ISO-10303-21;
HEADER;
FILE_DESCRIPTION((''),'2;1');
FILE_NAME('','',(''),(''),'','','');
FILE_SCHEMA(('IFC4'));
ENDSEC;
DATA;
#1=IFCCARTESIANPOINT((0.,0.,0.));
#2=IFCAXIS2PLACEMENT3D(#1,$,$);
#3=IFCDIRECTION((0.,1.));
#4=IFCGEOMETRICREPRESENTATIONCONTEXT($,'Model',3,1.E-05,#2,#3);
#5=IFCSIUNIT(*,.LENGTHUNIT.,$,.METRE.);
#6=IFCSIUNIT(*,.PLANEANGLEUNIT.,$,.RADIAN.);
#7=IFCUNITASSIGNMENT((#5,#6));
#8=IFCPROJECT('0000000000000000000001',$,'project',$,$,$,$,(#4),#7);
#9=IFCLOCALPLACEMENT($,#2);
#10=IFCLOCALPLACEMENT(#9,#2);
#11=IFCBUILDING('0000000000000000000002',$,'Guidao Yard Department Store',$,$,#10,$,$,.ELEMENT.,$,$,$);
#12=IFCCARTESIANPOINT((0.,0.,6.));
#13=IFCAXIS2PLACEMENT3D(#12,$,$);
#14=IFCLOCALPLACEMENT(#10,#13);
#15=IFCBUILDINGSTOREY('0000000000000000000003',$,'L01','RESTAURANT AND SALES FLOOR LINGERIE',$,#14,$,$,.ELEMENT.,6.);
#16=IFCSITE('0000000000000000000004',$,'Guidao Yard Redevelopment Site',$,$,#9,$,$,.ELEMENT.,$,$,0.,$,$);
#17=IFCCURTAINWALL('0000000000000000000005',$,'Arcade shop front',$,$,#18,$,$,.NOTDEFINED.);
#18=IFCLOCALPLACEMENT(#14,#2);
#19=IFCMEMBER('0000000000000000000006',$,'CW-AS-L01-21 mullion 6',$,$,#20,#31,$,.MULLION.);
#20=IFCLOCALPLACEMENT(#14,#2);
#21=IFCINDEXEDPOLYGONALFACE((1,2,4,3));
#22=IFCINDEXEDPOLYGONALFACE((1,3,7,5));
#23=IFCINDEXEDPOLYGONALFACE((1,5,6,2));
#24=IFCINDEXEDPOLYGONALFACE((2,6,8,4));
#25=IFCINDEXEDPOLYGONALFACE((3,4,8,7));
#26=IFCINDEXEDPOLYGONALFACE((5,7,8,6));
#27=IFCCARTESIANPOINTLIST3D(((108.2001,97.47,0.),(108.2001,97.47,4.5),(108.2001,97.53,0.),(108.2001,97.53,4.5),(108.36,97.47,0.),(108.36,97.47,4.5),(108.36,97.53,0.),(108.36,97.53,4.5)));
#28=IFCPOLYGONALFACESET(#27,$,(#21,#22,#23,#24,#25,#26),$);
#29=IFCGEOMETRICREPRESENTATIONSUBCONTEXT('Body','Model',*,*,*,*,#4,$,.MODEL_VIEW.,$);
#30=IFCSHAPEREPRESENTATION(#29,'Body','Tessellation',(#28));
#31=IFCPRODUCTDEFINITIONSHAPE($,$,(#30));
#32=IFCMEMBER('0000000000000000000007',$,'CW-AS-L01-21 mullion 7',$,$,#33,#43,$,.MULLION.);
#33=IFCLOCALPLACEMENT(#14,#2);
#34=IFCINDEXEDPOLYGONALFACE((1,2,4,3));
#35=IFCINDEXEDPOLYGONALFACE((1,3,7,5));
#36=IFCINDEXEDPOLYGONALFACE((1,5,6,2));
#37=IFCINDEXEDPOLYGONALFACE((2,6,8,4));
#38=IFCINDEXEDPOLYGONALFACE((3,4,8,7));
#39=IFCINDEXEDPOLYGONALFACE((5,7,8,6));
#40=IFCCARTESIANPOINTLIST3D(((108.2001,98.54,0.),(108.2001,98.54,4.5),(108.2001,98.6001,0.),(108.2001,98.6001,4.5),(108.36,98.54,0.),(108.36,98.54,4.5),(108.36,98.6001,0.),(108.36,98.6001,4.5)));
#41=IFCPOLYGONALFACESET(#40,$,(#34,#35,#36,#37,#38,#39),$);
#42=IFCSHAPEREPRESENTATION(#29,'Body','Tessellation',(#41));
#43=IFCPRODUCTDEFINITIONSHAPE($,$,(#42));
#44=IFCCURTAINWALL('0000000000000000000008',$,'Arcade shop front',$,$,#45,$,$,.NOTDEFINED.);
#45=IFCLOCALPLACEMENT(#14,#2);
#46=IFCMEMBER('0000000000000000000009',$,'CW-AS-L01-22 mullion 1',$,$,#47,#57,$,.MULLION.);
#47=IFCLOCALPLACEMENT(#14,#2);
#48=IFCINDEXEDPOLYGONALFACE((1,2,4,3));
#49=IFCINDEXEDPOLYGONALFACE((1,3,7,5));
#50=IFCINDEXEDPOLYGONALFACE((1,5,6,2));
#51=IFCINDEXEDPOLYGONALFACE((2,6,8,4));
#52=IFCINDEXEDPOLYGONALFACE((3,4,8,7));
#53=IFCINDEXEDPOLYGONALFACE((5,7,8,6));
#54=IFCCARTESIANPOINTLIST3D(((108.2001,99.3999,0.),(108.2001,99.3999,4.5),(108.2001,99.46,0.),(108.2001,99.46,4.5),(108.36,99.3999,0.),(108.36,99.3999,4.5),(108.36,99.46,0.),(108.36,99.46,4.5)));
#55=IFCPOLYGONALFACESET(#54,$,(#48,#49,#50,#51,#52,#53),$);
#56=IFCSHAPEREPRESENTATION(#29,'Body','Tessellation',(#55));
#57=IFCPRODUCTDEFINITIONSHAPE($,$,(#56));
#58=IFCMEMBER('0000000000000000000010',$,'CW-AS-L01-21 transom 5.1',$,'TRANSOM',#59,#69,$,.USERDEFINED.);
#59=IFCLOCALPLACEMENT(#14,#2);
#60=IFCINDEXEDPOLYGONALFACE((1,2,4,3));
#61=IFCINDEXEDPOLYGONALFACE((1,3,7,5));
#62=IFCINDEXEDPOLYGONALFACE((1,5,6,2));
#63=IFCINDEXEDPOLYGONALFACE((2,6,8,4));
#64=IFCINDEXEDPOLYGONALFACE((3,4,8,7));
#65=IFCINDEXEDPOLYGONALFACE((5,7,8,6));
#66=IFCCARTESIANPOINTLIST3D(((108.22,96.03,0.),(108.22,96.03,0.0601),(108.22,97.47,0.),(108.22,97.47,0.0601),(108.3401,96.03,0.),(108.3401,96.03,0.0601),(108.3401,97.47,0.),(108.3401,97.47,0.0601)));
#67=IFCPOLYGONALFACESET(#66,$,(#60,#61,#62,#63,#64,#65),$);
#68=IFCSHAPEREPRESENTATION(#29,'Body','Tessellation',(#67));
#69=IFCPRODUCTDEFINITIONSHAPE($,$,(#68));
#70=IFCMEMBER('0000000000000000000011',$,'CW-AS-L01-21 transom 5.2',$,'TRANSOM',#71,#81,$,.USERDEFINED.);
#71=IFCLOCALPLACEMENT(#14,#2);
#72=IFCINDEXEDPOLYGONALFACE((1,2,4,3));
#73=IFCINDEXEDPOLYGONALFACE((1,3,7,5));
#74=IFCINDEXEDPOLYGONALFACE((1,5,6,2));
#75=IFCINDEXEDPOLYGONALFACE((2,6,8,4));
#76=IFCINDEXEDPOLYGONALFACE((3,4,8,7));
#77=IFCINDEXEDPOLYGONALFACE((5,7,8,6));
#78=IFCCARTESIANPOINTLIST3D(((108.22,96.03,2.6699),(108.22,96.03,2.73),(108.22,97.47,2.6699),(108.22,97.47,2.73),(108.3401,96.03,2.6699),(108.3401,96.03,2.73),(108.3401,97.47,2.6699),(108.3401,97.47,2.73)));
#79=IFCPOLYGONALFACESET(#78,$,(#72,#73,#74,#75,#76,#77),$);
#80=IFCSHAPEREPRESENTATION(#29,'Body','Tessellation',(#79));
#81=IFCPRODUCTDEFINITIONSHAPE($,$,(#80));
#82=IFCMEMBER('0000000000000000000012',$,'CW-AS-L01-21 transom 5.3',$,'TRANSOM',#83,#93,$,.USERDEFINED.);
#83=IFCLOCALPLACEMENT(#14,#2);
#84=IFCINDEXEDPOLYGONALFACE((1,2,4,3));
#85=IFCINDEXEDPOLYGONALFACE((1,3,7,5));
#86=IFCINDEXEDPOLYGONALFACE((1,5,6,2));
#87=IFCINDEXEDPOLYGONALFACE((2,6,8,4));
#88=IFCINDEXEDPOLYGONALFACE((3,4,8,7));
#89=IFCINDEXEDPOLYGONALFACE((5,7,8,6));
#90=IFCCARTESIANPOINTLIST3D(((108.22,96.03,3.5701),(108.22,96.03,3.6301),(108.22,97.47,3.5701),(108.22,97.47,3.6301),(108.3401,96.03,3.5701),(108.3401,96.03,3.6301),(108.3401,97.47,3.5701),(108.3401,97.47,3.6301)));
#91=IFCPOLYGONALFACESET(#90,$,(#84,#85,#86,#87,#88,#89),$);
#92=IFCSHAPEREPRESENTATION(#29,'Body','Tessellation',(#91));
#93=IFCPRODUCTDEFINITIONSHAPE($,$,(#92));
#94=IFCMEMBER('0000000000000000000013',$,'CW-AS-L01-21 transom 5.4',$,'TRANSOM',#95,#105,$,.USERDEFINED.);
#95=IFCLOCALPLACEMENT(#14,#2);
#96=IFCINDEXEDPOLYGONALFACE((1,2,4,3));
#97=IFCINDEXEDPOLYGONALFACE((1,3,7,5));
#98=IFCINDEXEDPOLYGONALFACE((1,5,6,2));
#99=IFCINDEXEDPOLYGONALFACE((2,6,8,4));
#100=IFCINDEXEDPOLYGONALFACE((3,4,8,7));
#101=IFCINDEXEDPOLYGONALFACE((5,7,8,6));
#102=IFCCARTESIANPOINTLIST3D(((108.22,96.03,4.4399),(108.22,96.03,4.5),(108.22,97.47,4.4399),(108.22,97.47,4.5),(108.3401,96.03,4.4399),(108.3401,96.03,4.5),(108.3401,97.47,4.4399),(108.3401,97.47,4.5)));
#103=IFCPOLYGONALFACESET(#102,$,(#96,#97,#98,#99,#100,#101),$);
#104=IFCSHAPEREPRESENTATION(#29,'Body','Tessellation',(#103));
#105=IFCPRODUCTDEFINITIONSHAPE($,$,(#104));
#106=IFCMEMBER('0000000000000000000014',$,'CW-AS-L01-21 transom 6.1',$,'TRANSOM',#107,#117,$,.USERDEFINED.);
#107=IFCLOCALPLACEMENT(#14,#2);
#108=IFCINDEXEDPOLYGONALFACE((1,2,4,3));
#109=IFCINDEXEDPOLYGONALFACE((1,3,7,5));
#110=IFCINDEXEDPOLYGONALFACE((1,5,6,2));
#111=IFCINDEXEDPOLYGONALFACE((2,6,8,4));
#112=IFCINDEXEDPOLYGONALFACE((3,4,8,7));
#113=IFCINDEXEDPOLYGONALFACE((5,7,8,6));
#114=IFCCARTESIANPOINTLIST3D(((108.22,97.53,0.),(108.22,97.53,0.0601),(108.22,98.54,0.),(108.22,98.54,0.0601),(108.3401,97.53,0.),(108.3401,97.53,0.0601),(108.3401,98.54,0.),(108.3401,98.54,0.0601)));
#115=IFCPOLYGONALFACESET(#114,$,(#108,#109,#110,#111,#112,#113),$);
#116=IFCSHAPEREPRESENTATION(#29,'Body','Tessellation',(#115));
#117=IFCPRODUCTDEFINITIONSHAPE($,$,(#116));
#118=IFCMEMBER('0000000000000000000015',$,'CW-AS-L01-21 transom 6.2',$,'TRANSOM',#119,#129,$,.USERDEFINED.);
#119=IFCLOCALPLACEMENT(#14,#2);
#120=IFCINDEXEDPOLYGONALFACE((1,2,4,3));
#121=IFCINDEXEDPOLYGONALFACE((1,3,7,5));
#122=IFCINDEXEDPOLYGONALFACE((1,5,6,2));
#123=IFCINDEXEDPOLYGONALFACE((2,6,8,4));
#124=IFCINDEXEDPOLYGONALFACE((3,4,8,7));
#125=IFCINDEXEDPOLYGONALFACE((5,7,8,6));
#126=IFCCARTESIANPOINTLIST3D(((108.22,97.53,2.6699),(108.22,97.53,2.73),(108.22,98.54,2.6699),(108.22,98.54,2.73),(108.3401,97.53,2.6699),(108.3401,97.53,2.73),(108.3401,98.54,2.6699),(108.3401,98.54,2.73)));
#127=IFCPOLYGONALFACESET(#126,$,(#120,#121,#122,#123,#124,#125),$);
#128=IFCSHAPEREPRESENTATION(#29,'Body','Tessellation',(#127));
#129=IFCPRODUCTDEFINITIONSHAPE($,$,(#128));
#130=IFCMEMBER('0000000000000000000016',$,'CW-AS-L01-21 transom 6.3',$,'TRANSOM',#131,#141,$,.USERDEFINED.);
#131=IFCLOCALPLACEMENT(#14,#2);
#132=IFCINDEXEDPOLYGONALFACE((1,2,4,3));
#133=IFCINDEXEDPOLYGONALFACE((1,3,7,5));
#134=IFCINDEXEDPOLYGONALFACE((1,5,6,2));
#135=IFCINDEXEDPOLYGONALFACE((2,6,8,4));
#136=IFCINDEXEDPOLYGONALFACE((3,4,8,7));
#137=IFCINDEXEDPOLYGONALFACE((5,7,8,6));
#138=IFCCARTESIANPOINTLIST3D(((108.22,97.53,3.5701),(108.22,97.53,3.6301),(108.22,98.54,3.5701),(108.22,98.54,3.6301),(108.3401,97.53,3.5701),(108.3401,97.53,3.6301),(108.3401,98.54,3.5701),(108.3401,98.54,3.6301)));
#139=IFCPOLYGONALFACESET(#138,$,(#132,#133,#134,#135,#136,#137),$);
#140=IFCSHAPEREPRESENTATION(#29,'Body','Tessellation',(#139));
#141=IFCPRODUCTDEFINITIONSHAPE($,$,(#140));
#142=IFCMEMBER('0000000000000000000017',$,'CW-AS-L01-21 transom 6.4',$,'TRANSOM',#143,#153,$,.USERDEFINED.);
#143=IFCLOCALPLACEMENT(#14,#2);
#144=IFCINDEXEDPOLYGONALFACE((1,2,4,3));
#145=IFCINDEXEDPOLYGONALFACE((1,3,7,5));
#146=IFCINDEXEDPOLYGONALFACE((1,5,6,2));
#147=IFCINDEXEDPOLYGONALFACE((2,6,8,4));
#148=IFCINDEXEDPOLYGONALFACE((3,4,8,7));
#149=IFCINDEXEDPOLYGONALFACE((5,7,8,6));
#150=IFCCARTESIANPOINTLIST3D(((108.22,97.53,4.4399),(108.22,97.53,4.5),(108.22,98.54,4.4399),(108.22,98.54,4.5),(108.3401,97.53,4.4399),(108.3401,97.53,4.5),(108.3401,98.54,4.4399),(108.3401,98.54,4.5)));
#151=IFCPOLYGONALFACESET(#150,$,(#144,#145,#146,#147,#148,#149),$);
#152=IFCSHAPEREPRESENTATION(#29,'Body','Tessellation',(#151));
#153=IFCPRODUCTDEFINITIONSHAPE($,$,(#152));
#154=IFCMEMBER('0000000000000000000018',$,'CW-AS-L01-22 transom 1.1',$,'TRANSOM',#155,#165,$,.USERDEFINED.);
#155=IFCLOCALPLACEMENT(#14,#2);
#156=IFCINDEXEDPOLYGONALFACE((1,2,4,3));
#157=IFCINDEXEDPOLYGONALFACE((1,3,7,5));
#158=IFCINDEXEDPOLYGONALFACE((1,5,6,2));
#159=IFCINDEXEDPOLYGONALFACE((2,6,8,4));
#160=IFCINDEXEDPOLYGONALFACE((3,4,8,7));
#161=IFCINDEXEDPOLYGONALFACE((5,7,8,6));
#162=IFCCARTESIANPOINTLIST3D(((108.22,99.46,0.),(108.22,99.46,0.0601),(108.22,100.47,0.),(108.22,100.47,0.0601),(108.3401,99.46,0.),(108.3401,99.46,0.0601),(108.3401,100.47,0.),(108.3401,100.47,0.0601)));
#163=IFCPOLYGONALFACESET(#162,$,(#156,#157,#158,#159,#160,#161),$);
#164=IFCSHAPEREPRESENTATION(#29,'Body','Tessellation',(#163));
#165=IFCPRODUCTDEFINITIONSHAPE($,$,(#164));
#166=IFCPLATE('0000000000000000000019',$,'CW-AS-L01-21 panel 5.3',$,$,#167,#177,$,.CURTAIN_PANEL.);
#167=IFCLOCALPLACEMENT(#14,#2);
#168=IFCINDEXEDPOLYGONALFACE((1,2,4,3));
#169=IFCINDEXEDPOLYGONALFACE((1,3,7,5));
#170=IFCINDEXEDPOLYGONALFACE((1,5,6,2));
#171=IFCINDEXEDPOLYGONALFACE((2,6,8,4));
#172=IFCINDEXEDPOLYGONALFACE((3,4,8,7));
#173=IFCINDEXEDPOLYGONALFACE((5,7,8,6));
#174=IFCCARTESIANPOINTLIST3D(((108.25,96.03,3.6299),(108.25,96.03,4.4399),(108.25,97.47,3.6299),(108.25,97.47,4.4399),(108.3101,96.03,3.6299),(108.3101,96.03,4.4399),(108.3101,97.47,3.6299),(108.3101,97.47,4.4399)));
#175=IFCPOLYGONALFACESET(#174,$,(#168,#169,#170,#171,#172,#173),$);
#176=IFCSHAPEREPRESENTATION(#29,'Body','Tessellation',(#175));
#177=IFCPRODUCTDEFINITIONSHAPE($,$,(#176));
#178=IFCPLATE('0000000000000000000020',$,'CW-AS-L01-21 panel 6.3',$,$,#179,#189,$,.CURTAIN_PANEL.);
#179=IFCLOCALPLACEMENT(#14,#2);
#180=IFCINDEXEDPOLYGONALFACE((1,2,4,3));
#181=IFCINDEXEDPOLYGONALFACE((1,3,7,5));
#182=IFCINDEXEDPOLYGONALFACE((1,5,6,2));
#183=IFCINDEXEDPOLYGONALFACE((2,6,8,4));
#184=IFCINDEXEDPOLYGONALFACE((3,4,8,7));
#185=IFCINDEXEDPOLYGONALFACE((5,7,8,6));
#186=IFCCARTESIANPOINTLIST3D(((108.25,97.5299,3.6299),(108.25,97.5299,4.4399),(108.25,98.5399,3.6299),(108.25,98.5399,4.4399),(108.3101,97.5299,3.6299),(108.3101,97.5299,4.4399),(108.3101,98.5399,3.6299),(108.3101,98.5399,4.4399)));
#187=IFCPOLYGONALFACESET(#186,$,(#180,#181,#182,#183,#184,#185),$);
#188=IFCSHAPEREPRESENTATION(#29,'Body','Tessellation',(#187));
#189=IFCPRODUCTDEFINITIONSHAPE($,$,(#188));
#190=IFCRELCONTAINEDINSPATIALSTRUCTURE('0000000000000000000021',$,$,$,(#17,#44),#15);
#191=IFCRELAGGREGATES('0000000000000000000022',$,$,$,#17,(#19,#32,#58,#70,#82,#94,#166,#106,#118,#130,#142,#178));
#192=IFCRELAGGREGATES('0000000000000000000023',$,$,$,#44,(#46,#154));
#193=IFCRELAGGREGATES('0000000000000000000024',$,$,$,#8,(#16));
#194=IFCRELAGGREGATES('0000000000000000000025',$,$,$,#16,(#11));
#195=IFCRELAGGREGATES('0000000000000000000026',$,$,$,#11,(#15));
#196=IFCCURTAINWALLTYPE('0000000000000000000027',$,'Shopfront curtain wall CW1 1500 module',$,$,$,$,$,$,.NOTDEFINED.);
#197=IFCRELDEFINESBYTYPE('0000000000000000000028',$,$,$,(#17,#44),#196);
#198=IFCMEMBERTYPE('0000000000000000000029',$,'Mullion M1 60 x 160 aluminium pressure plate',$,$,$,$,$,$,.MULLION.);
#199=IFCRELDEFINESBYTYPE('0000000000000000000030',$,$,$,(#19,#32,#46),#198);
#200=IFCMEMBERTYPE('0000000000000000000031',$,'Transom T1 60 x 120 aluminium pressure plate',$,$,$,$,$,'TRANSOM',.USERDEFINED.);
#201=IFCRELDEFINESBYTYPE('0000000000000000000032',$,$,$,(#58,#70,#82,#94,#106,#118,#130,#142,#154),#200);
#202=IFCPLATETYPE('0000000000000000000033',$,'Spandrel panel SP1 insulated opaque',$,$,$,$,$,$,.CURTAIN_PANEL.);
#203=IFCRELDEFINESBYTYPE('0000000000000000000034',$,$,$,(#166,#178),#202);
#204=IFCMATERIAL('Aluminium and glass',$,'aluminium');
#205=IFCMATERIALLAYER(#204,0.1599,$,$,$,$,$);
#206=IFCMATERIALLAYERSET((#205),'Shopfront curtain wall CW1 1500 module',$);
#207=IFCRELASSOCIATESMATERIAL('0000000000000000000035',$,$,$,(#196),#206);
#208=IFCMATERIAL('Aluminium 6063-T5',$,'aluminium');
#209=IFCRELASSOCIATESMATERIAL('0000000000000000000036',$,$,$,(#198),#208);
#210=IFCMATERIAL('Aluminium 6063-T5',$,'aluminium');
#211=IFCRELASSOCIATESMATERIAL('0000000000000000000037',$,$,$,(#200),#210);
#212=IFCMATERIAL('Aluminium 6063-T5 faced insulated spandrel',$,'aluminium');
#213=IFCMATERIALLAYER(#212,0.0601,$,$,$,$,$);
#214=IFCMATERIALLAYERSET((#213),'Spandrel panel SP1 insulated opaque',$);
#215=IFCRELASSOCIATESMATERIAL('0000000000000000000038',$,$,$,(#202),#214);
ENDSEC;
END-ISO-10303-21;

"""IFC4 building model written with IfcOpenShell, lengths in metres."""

from ifc_helpers import new_model, si_unit, direction, frame, origin, origin_2d, place, context, subcontext, project, spatial, rectangle, extrude, material, layer, layer_set, material_profile, profile_set, type_object, element, aggregate, save


model = new_model("IFC4")

# Units and contexts
model_context = context("Model", 3, precision=1e-05, world=origin(), true_north=direction((0.0, 1.0)))
body_context = subcontext(model_context, "Body", "Model", "MODEL_VIEW")
ifc_project = project(units=[si_unit("LENGTHUNIT", "METRE"), si_unit("PLANEANGLEUNIT", "RADIAN")], contexts=[model_context])

# Site, building, storey
site_placement = place(None, origin())
site = spatial("IfcSite", under=ifc_project, at=site_placement, Name="Guidao Yard Redevelopment Site", CompositionType="ELEMENT", RefElevation=0.0)
building_placement = place(site_placement, origin())
building = spatial("IfcBuilding", under=site, at=building_placement, Name="Guidao Yard Department Store", CompositionType="ELEMENT")
storey_placement = place(building_placement, frame((0.0, 0.0, 6.0)))
storey = spatial("IfcBuildingStorey", under=building, at=storey_placement, Name="L01", Description="RESTAURANT AND SALES FLOOR LINGERIE", CompositionType="ELEMENT", Elevation=6.0)

# Curtain wall, members
ifc_material_1 = material(Name="Aluminium and glass", Category="aluminium")
ifc_layer_1 = layer(ifc_material_1, 0.1599)
ifc_layer_set_1 = layer_set([ifc_layer_1], Name="Shopfront curtain wall CW1 1500 module")
curtain_wall_type = type_object("IfcCurtainWallType", Name="Shopfront curtain wall CW1 1500 module", PredefinedType="NOTDEFINED", material=ifc_layer_set_1)
curtain_wall_1_placement = place(storey_placement, origin())
curtain_wall_1 = element("IfcCurtainWall", 1, at=curtain_wall_1_placement, inside=storey, type_object=curtain_wall_type, Name="Arcade shop front", PredefinedType="NOTDEFINED")
ifc_material_2 = material(Name="Aluminium 6063-T5", Category="aluminium")
ifc_material_profile_1 = material_profile(ifc_material_2, rectangle(XDim=0.0601, YDim=0.1599, at=origin_2d()), Name="Mullion M1 60 x 160 aluminium pressure plate")
ifc_profile_set_1 = profile_set([ifc_material_profile_1], Name="Aluminium 6063-T5")
member_type_1 = type_object("IfcMemberType", Name="Mullion M1 60 x 160 aluminium pressure plate", PredefinedType="MULLION", material=ifc_profile_set_1)
member_1_placement = place(storey_placement, frame((108.28, 97.5, 0.0), z_axis=(0.0, 0.0, 1.0), x_axis=(0.0, -1.0, 0.0)))
member_1 = element("IfcMember", 2, at=member_1_placement, type_object=member_type_1, Name="CW-AS-L01-21 mullion 6", PredefinedType="MULLION", context=body_context, shape_type="SweptSolid", body=[
    extrude(rectangle(XDim=0.0601, YDim=0.1599, at=origin_2d()), origin(), (0.0, 0.0, 1.0), 4.5),
])
member_2_placement = place(storey_placement, frame((108.28, 98.5701, 0.0), z_axis=(0.0, 0.0, 1.0), x_axis=(0.0, -1.0, 0.0)))
member_2 = element("IfcMember", 3, at=member_2_placement, type_object=member_type_1, Name="CW-AS-L01-21 mullion 7", PredefinedType="MULLION", context=body_context, shape_type="SweptSolid", body=[
    extrude(rectangle(XDim=0.0601, YDim=0.1599, at=origin_2d()), origin(), (0.0, 0.0, 1.0), 4.5),
])

# Curtain wall, member
curtain_wall_2_placement = place(storey_placement, origin())
curtain_wall_2 = element("IfcCurtainWall", 4, at=curtain_wall_2_placement, inside=storey, type_object=curtain_wall_type, Name="Arcade shop front", PredefinedType="NOTDEFINED")
member_3_placement = place(storey_placement, frame((108.28, 99.4299, 0.0), z_axis=(0.0, 0.0, 1.0), x_axis=(0.0, -1.0, 0.0)))
member_3 = element("IfcMember", 5, at=member_3_placement, type_object=member_type_1, Name="CW-AS-L01-22 mullion 1", PredefinedType="MULLION", context=body_context, shape_type="SweptSolid", body=[
    extrude(rectangle(XDim=0.0601, YDim=0.1599, at=origin_2d()), origin(), (0.0, 0.0, 1.0), 4.5),
])

# Members
ifc_material_3 = material(Name="Aluminium 6063-T5", Category="aluminium")
ifc_material_profile_2 = material_profile(ifc_material_3, rectangle(XDim=0.1201, YDim=0.0601, at=origin_2d()), Name="Transom T1 60 x 120 aluminium pressure plate")
ifc_profile_set_2 = profile_set([ifc_material_profile_2], Name="Aluminium 6063-T5")
member_type_2 = type_object("IfcMemberType", Name="Transom T1 60 x 120 aluminium pressure plate", ElementType="TRANSOM", PredefinedType="USERDEFINED", material=ifc_profile_set_2)
member_4_placement = place(storey_placement, frame((108.28, 97.47, 0.03), z_axis=(0.0, -1.0, 0.0), x_axis=(1.0, 0.0, 0.0)))
member_4 = element("IfcMember", 6, at=member_4_placement, type_object=member_type_2, Name="CW-AS-L01-21 transom 5.1", ObjectType="TRANSOM", PredefinedType="USERDEFINED", context=body_context, shape_type="SweptSolid", body=[
    extrude(rectangle(XDim=0.1201, YDim=0.0601, at=origin_2d()), origin(), (0.0, 0.0, 1.0), 1.4399),
])
member_5_placement = place(storey_placement, frame((108.28, 97.47, 2.7), z_axis=(0.0, -1.0, 0.0), x_axis=(1.0, 0.0, 0.0)))
member_5 = element("IfcMember", 7, at=member_5_placement, type_object=member_type_2, Name="CW-AS-L01-21 transom 5.2", ObjectType="TRANSOM", PredefinedType="USERDEFINED", context=body_context, shape_type="SweptSolid", body=[
    extrude(rectangle(XDim=0.1201, YDim=0.0601, at=origin_2d()), origin(), (0.0, 0.0, 1.0), 1.4399),
])
member_6_placement = place(storey_placement, frame((108.28, 97.47, 3.6001), z_axis=(0.0, -1.0, 0.0), x_axis=(1.0, 0.0, 0.0)))
member_6 = element("IfcMember", 8, at=member_6_placement, type_object=member_type_2, Name="CW-AS-L01-21 transom 5.3", ObjectType="TRANSOM", PredefinedType="USERDEFINED", context=body_context, shape_type="SweptSolid", body=[
    extrude(rectangle(XDim=0.1201, YDim=0.0601, at=origin_2d()), origin(), (0.0, 0.0, 1.0), 1.4399),
])
member_7_placement = place(storey_placement, frame((108.28, 97.47, 4.47), z_axis=(0.0, -1.0, 0.0), x_axis=(1.0, 0.0, 0.0)))
member_7 = element("IfcMember", 9, at=member_7_placement, type_object=member_type_2, Name="CW-AS-L01-21 transom 5.4", ObjectType="TRANSOM", PredefinedType="USERDEFINED", context=body_context, shape_type="SweptSolid", body=[
    extrude(rectangle(XDim=0.1201, YDim=0.0601, at=origin_2d()), origin(), (0.0, 0.0, 1.0), 1.4399),
])
member_8_placement = place(storey_placement, frame((108.28, 98.54, 0.03), z_axis=(0.0, -1.0, 0.0), x_axis=(1.0, 0.0, 0.0)))
member_8 = element("IfcMember", 10, at=member_8_placement, type_object=member_type_2, Name="CW-AS-L01-21 transom 6.1", ObjectType="TRANSOM", PredefinedType="USERDEFINED", context=body_context, shape_type="SweptSolid", body=[
    extrude(rectangle(XDim=0.1201, YDim=0.0601, at=origin_2d()), origin(), (0.0, 0.0, 1.0), 1.01),
])
member_9_placement = place(storey_placement, frame((108.28, 98.54, 2.7), z_axis=(0.0, -1.0, 0.0), x_axis=(1.0, 0.0, 0.0)))
member_9 = element("IfcMember", 11, at=member_9_placement, type_object=member_type_2, Name="CW-AS-L01-21 transom 6.2", ObjectType="TRANSOM", PredefinedType="USERDEFINED", context=body_context, shape_type="SweptSolid", body=[
    extrude(rectangle(XDim=0.1201, YDim=0.0601, at=origin_2d()), origin(), (0.0, 0.0, 1.0), 1.01),
])
member_10_placement = place(storey_placement, frame((108.28, 98.54, 3.6001), z_axis=(0.0, -1.0, 0.0), x_axis=(1.0, 0.0, 0.0)))
member_10 = element("IfcMember", 12, at=member_10_placement, type_object=member_type_2, Name="CW-AS-L01-21 transom 6.3", ObjectType="TRANSOM", PredefinedType="USERDEFINED", context=body_context, shape_type="SweptSolid", body=[
    extrude(rectangle(XDim=0.1201, YDim=0.0601, at=origin_2d()), origin(), (0.0, 0.0, 1.0), 1.01),
])
member_11_placement = place(storey_placement, frame((108.28, 98.54, 4.47), z_axis=(0.0, -1.0, 0.0), x_axis=(1.0, 0.0, 0.0)))
member_11 = element("IfcMember", 13, at=member_11_placement, type_object=member_type_2, Name="CW-AS-L01-21 transom 6.4", ObjectType="TRANSOM", PredefinedType="USERDEFINED", context=body_context, shape_type="SweptSolid", body=[
    extrude(rectangle(XDim=0.1201, YDim=0.0601, at=origin_2d()), origin(), (0.0, 0.0, 1.0), 1.01),
])
member_12_placement = place(storey_placement, frame((108.28, 100.47, 0.03), z_axis=(0.0, -1.0, 0.0), x_axis=(1.0, 0.0, 0.0)))
member_12 = element("IfcMember", 14, at=member_12_placement, type_object=member_type_2, Name="CW-AS-L01-22 transom 1.1", ObjectType="TRANSOM", PredefinedType="USERDEFINED", context=body_context, shape_type="SweptSolid", body=[
    extrude(rectangle(XDim=0.1201, YDim=0.0601, at=origin_2d()), origin(), (0.0, 0.0, 1.0), 1.01),
])

# Plates
ifc_material_4 = material(Name="Aluminium 6063-T5 faced insulated spandrel", Category="aluminium")
ifc_layer_2 = layer(ifc_material_4, 0.0601)
ifc_layer_set_2 = layer_set([ifc_layer_2], Name="Spandrel panel SP1 insulated opaque")
plate_type_1 = type_object("IfcPlateType", Name="Spandrel panel SP1 insulated opaque", PredefinedType="CURTAIN_PANEL", material=ifc_layer_set_2)
plate_1_placement = place(storey_placement, frame((108.28, 96.75, 3.6299), z_axis=(0.0, 0.0, 1.0), x_axis=(0.0, -1.0, 0.0)))
plate_1 = element("IfcPlate", 15, at=plate_1_placement, type_object=plate_type_1, Name="CW-AS-L01-21 panel 5.3", PredefinedType="CURTAIN_PANEL", context=body_context, shape_type="SweptSolid", body=[
    extrude(rectangle(XDim=1.4399, YDim=0.0601, at=origin_2d()), origin(), (0.0, 0.0, 1.0), 0.8101),
])
plate_2_placement = place(storey_placement, frame((108.28, 98.0349, 3.6299), z_axis=(0.0, 0.0, 1.0), x_axis=(0.0, -1.0, 0.0)))
plate_2 = element("IfcPlate", 16, at=plate_2_placement, type_object=plate_type_1, Name="CW-AS-L01-21 panel 6.3", PredefinedType="CURTAIN_PANEL", context=body_context, shape_type="SweptSolid", body=[
    extrude(rectangle(XDim=1.01, YDim=0.0601, at=origin_2d()), origin(), (0.0, 0.0, 1.0), 0.8101),
])
aggregate(curtain_wall_1, [member_1, member_2, member_4, member_5, member_6, member_7, plate_1, member_8, member_9, member_10, member_11, plate_2])
aggregate(curtain_wall_2, [member_3, member_12])

save(model, "model.ifc")
